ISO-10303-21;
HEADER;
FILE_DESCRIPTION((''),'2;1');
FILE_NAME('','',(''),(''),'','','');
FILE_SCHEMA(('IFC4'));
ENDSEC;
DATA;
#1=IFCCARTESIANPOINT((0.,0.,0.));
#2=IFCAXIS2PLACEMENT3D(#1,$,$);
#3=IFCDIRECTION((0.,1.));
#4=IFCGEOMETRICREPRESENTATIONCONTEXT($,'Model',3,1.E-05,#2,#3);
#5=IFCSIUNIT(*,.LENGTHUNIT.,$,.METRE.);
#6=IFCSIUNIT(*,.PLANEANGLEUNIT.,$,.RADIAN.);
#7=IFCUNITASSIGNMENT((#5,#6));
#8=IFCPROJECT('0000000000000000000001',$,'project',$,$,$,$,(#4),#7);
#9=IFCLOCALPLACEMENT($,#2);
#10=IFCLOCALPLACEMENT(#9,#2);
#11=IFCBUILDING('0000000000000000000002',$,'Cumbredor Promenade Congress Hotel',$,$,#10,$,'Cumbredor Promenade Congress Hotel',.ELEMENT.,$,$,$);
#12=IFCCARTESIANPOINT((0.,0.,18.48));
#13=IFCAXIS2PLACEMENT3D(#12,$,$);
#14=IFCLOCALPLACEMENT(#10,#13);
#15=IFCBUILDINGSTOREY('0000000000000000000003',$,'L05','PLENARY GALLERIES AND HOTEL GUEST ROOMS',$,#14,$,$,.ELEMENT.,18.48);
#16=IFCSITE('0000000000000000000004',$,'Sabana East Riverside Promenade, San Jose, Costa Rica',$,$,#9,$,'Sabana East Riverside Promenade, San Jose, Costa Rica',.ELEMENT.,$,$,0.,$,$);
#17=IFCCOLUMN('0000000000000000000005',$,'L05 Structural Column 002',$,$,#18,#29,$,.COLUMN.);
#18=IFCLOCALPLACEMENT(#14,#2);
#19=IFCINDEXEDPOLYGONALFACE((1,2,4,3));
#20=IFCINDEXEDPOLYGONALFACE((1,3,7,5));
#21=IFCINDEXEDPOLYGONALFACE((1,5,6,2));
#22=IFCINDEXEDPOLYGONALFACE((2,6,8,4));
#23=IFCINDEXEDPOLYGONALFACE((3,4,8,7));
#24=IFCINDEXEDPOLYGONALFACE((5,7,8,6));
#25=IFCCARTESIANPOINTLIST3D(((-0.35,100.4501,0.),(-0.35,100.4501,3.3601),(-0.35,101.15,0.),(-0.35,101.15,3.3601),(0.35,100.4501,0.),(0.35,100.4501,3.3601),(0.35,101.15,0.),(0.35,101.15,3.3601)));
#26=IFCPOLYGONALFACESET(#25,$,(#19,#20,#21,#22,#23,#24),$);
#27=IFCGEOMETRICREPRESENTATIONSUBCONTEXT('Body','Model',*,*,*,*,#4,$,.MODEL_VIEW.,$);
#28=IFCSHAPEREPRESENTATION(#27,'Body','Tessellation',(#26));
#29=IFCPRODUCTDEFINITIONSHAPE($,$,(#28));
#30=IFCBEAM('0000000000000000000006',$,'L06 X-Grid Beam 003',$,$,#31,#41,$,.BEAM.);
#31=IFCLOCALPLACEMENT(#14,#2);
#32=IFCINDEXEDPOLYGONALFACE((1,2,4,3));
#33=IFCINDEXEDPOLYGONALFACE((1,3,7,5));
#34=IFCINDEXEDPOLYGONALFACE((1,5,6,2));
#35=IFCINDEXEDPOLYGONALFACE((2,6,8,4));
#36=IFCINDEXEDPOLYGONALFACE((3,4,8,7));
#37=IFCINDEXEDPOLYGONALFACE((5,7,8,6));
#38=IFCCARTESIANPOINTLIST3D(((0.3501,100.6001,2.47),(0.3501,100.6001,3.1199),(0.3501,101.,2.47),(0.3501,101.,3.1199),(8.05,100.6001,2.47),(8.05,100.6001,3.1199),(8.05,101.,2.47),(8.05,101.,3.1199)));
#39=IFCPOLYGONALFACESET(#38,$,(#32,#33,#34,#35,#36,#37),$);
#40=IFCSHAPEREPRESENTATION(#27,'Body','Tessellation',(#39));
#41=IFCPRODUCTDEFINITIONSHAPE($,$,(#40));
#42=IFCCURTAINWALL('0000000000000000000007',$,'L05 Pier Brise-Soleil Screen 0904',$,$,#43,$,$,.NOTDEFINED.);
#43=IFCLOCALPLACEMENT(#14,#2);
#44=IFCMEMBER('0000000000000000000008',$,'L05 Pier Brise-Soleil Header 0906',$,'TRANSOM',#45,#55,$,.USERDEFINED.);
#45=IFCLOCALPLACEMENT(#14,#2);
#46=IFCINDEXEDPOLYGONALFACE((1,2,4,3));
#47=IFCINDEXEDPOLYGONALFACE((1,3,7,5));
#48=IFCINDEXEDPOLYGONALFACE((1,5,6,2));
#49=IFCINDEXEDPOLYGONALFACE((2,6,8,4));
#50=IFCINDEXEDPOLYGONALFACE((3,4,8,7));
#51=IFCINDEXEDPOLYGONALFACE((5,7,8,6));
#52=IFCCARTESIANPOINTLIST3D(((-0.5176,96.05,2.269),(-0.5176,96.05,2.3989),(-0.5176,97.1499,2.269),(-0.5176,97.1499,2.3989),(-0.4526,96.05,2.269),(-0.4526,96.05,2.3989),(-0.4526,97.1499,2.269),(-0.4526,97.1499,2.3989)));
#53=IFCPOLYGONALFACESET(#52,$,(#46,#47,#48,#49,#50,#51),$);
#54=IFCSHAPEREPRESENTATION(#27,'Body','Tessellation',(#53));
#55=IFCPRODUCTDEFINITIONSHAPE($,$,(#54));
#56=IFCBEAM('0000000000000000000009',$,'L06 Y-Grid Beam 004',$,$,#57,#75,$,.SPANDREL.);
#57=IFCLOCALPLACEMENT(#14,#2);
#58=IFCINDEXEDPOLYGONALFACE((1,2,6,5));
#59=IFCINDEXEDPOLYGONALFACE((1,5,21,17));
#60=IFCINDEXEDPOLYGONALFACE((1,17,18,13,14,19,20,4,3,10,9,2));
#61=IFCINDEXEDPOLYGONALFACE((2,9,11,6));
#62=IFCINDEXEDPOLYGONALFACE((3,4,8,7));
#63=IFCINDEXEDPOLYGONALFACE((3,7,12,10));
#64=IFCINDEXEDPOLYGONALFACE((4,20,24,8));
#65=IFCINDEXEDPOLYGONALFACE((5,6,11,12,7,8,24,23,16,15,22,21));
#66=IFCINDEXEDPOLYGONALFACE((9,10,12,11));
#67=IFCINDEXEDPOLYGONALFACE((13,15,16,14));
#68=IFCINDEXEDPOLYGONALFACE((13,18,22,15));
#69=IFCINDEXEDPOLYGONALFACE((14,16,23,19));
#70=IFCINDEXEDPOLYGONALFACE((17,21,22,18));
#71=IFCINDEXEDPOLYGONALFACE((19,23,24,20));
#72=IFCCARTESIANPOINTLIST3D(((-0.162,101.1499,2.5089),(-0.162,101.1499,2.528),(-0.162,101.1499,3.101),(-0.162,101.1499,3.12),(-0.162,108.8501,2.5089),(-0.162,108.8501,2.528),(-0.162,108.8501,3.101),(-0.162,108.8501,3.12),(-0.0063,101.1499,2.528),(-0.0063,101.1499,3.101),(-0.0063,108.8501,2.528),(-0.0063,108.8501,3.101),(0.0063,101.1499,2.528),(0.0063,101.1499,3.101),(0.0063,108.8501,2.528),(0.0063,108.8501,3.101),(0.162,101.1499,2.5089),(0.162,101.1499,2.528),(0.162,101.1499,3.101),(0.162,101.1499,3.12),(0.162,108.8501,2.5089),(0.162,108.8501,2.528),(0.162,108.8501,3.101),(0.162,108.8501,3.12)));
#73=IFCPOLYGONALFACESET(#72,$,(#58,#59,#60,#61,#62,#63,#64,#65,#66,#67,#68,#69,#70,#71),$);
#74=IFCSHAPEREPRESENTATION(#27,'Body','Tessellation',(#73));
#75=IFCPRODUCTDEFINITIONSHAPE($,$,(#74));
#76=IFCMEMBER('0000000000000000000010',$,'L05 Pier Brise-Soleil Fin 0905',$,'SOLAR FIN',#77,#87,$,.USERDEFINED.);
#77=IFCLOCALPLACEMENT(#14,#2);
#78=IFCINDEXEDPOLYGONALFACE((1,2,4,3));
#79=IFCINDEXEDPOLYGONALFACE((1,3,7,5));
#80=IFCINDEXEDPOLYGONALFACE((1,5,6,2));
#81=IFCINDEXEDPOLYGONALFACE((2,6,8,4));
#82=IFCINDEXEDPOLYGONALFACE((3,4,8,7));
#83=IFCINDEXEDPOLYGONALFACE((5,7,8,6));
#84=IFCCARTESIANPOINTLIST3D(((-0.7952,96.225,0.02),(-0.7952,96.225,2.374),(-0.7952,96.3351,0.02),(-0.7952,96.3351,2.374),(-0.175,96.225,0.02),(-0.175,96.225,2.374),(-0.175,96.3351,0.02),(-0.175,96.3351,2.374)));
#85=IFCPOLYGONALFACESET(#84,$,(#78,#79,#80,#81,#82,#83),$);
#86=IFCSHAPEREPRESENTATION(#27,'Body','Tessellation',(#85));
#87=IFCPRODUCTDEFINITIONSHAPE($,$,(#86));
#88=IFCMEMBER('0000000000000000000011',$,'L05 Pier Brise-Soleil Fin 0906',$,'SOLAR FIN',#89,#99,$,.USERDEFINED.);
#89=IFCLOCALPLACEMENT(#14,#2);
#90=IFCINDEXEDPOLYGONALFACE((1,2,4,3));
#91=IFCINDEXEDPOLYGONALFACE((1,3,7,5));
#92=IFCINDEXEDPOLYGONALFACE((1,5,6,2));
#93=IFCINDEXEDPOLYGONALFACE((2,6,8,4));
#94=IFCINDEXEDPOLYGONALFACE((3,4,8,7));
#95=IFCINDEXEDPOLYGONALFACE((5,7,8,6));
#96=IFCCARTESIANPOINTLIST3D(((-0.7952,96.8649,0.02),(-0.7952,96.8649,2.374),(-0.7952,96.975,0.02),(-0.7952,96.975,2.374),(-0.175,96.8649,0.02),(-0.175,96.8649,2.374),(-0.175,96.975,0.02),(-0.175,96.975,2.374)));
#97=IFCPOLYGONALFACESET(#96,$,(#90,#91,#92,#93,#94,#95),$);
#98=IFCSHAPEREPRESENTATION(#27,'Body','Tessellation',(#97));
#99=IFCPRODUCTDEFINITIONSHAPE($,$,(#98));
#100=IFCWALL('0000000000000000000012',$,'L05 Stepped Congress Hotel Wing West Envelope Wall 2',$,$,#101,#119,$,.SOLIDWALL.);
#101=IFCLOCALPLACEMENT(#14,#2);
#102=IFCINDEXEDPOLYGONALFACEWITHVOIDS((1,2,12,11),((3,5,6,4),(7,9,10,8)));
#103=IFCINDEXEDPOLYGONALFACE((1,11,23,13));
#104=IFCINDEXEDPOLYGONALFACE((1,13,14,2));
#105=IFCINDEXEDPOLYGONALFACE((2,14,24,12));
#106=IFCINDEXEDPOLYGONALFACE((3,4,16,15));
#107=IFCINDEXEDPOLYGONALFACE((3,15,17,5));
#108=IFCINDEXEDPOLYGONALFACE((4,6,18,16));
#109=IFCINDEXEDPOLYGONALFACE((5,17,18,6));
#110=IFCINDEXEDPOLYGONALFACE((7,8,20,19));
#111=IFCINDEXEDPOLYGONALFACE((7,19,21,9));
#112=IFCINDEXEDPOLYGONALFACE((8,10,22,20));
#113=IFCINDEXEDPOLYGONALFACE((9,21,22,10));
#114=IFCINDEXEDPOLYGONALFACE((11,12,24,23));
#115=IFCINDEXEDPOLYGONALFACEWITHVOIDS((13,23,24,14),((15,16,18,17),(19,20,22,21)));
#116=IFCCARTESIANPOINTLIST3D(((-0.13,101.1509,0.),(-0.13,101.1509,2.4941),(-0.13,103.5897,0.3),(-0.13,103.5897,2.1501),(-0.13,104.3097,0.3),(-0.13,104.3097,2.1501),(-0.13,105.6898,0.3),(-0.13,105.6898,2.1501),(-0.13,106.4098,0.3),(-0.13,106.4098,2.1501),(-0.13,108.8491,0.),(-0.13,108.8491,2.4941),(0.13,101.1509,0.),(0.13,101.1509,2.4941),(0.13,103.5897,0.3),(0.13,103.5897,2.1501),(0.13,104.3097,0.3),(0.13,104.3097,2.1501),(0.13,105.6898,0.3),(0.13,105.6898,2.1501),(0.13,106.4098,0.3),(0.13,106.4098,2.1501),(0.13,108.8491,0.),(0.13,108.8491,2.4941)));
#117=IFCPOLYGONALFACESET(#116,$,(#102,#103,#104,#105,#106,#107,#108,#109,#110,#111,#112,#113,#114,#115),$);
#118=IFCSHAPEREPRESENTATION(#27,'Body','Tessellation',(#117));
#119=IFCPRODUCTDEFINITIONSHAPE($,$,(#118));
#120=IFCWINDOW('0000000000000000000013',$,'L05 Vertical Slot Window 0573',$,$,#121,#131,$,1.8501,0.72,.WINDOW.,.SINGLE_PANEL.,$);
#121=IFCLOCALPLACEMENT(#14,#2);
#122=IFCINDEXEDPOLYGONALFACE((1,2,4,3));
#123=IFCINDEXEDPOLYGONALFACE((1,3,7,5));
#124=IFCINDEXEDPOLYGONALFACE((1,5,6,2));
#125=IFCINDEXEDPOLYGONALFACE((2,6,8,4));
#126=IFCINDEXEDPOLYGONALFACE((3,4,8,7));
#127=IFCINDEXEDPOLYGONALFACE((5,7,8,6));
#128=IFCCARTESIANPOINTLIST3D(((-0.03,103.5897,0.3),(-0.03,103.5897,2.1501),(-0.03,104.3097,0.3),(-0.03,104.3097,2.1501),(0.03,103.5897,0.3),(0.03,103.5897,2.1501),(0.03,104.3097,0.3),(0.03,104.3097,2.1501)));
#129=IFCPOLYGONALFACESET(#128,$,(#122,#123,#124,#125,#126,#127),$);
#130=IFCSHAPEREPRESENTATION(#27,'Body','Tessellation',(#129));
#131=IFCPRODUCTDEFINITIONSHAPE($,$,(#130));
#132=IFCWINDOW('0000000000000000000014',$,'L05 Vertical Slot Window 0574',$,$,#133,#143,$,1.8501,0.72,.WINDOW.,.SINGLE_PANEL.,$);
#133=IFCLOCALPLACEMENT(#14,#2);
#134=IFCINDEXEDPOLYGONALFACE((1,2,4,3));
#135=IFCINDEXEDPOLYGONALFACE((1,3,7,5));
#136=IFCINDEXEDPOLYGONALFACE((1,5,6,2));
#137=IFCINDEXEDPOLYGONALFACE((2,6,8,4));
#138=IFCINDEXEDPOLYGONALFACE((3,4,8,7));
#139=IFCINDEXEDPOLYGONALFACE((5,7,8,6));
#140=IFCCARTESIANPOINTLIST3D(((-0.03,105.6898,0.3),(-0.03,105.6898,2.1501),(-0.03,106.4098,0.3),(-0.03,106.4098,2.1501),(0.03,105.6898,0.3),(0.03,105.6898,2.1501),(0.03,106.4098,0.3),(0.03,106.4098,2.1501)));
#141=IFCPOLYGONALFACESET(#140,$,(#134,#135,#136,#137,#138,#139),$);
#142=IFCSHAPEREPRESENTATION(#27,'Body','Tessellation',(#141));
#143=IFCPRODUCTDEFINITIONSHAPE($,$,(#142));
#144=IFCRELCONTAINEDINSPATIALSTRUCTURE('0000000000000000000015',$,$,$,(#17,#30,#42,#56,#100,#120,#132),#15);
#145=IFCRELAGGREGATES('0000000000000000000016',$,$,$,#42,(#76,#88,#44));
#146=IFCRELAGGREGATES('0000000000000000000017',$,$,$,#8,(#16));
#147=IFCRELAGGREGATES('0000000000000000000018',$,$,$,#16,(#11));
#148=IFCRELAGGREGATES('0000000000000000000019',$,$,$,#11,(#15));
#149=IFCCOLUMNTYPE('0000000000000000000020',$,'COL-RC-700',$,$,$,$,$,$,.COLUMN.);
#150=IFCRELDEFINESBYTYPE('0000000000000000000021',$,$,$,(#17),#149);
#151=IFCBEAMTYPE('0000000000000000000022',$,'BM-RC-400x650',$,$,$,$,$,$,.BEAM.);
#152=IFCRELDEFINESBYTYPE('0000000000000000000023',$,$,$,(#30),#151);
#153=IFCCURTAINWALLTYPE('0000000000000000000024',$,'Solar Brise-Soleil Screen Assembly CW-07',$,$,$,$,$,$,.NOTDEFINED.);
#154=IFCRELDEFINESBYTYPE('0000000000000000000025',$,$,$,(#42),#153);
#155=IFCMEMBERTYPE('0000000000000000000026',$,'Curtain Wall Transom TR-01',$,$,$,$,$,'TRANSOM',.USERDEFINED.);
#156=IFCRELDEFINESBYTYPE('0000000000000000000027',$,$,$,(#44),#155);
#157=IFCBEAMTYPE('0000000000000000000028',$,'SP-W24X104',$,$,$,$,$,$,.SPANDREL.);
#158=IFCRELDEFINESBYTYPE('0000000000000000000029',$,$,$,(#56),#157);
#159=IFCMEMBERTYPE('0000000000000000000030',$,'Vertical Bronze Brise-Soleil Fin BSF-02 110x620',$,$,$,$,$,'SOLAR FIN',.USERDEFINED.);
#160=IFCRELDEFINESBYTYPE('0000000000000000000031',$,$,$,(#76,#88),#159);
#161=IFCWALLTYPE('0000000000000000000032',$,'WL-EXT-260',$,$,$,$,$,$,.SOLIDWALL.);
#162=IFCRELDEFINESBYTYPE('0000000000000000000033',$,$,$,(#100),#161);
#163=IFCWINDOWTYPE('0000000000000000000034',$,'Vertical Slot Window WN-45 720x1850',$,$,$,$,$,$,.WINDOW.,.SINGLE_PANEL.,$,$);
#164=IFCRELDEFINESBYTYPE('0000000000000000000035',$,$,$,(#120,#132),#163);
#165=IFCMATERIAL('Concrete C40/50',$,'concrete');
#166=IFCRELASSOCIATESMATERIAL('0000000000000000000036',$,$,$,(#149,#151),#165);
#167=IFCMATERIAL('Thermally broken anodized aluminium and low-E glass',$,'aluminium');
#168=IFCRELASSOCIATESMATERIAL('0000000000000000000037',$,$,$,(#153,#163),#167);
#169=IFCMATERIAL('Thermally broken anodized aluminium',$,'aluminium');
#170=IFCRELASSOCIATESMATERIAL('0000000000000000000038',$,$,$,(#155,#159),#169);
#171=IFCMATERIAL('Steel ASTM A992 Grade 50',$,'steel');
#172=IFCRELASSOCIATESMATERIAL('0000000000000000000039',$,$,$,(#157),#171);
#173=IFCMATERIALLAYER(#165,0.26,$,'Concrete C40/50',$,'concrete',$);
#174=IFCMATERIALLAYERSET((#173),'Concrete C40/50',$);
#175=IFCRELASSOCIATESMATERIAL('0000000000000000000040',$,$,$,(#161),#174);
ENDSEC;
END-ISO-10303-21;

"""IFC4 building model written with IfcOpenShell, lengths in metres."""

from ifc_helpers import new_model, si_unit, direction, frame, frame_2d, origin, origin_2d, place, context, subcontext, project, spatial, rectangle, i_section, extrude, material, layer, layer_set, material_profile, profile_set, type_object, element, fill, aggregate, save


model = new_model("IFC4")

# Units and contexts
model_context = context("Model", 3, precision=1e-05, world=origin(), true_north=direction((0.0, 1.0)))
body_context = subcontext(model_context, "Body", "Model", "MODEL_VIEW")
ifc_project = project(units=[si_unit("LENGTHUNIT", "METRE"), si_unit("PLANEANGLEUNIT", "RADIAN")], contexts=[model_context])

# Site, building, storey
site_placement = place(None, origin())
site = spatial("IfcSite", under=ifc_project, at=site_placement, Name="Sabana East Riverside Promenade, San Jose, Costa Rica", LongName="Sabana East Riverside Promenade, San Jose, Costa Rica", CompositionType="ELEMENT", RefElevation=0.0)
building_placement = place(site_placement, origin())
building = spatial("IfcBuilding", under=site, at=building_placement, Name="Cumbredor Promenade Congress Hotel", LongName="Cumbredor Promenade Congress Hotel", CompositionType="ELEMENT")
storey_placement = place(building_placement, frame((0.0, 0.0, 18.48)))
storey = spatial("IfcBuildingStorey", under=building, at=storey_placement, Name="L05", Description="PLENARY GALLERIES AND HOTEL GUEST ROOMS", CompositionType="ELEMENT", Elevation=18.48)

# Column
ifc_material_1 = material(Name="Concrete C40/50", Category="concrete")
ifc_material_profile_1 = material_profile(ifc_material_1, rectangle(XDim=0.7, YDim=0.7, at=origin_2d()), Name="RC 700x700")
ifc_profile_set_1 = profile_set([ifc_material_profile_1], Name="Concrete C40/50")
column_type = type_object("IfcColumnType", Name="COL-RC-700", PredefinedType="COLUMN", material=ifc_profile_set_1)
column_placement = place(storey_placement, frame((0.0, 100.8, 0.0), z_axis=(0.0, 0.0, 1.0), x_axis=(1.0, 0.0, 0.0)))
element("IfcColumn", 1, at=column_placement, inside=storey, type_object=column_type, Name="L05 Structural Column 002", PredefinedType="COLUMN", context=body_context, shape_type="SweptSolid", body=[
    extrude(rectangle(XDim=0.7, YDim=0.7, at=origin_2d()), origin(), (0.0, 0.0, 1.0), 3.3601),
])

# Beam
ifc_material_profile_2 = material_profile(ifc_material_1, rectangle(XDim=0.3999, YDim=0.6499, at=origin_2d()), Name="RC BEAM 400x650")
ifc_profile_set_2 = profile_set([ifc_material_profile_2], Name="Concrete C40/50")
beam_type_1 = type_object("IfcBeamType", Name="BM-RC-400x650", PredefinedType="BEAM", material=ifc_profile_set_2)
beam_1_placement = place(storey_placement, frame((0.3501, 100.8, 2.7949), z_axis=(1.0, 0.0, 0.0), x_axis=(0.0, 1.0, 0.0)))
element("IfcBeam", 2, at=beam_1_placement, inside=storey, type_object=beam_type_1, Name="L06 X-Grid Beam 003", PredefinedType="BEAM", context=body_context, shape_type="SweptSolid", body=[
    extrude(rectangle(XDim=0.3999, YDim=0.6499, at=origin_2d()), origin(), (0.0, 0.0, 1.0), 7.7),
])

# Curtain wall, member
ifc_material_2 = material(Name="Thermally broken anodized aluminium and low-E glass", Category="aluminium")
curtain_wall_type = type_object("IfcCurtainWallType", Name="Solar Brise-Soleil Screen Assembly CW-07", PredefinedType="NOTDEFINED", material=ifc_material_2)
curtain_wall_placement = place(storey_placement, origin())
curtain_wall = element("IfcCurtainWall", 3, at=curtain_wall_placement, inside=storey, type_object=curtain_wall_type, Name="L05 Pier Brise-Soleil Screen 0904", PredefinedType="NOTDEFINED")
ifc_material_3 = material(Name="Thermally broken anodized aluminium", Category="aluminium")
ifc_material_profile_3 = material_profile(ifc_material_3, rectangle(XDim=0.0649, YDim=0.1299, at=origin_2d()), Name="ALU TRANSOM 65x130")
ifc_profile_set_3 = profile_set([ifc_material_profile_3], Name="Thermally broken anodized aluminium")
member_type_1 = type_object("IfcMemberType", Name="Curtain Wall Transom TR-01", ElementType="TRANSOM", PredefinedType="USERDEFINED", material=ifc_profile_set_3)
member_1_placement = place(storey_placement, frame((-0.4851, 96.05, 2.334), z_axis=(0.0, 1.0, 0.0), x_axis=(-1.0, 0.0, 0.0)))
member_1 = element("IfcMember", 4, at=member_1_placement, type_object=member_type_1, Name="L05 Pier Brise-Soleil Header 0906", ObjectType="TRANSOM", PredefinedType="USERDEFINED", context=body_context, shape_type="SweptSolid", body=[
    extrude(rectangle(XDim=0.0649, YDim=0.1299, at=origin_2d()), origin(), (0.0, 0.0, 1.0), 1.0999),
])

# Beam
ifc_material_4 = material(Name="Steel ASTM A992 Grade 50", Category="steel")
ifc_material_profile_4 = material_profile(ifc_material_4, i_section(OverallWidth=0.324, OverallDepth=0.6111, WebThickness=0.0127, FlangeThickness=0.019, at=origin_2d()), Name="W24X104")
ifc_profile_set_4 = profile_set([ifc_material_profile_4], Name="Steel ASTM A992 Grade 50")
beam_type_2 = type_object("IfcBeamType", Name="SP-W24X104", PredefinedType="SPANDREL", material=ifc_profile_set_4)
beam_2_placement = place(storey_placement, frame((0.0, 101.1499, 2.8145), z_axis=(0.0, 1.0, 0.0), x_axis=(-1.0, 0.0, 0.0)))
element("IfcBeam", 5, at=beam_2_placement, inside=storey, type_object=beam_type_2, Name="L06 Y-Grid Beam 004", PredefinedType="SPANDREL", context=body_context, shape_type="SweptSolid", body=[
    extrude(i_section(OverallWidth=0.324, OverallDepth=0.6111, WebThickness=0.0127, FlangeThickness=0.019, at=origin_2d()), origin(), (0.0, 0.0, 1.0), 7.7002),
])

# Members
ifc_material_profile_5 = material_profile(ifc_material_3, rectangle(XDim=0.1101, YDim=0.6201, at=origin_2d()), Name="ARCH FIN 110x620")
ifc_profile_set_5 = profile_set([ifc_material_profile_5], Name="Thermally broken anodized aluminium")
member_type_2 = type_object("IfcMemberType", Name="Vertical Bronze Brise-Soleil Fin BSF-02 110x620", ElementType="SOLAR FIN", PredefinedType="USERDEFINED", material=ifc_profile_set_5)
member_2_placement = place(storey_placement, frame((-0.4851, 96.28, 0.02), z_axis=(0.0, 0.0, 1.0), x_axis=(0.0, 1.0, 0.0)))
member_2 = element("IfcMember", 6, at=member_2_placement, type_object=member_type_2, Name="L05 Pier Brise-Soleil Fin 0905", ObjectType="SOLAR FIN", PredefinedType="USERDEFINED", context=body_context, shape_type="SweptSolid", body=[
    extrude(rectangle(XDim=0.1101, YDim=0.6201, at=origin_2d()), origin(), (0.0, 0.0, 1.0), 2.354),
])
member_3_placement = place(storey_placement, frame((-0.4851, 96.9199, 0.02), z_axis=(0.0, 0.0, 1.0), x_axis=(0.0, 1.0, 0.0)))
member_3 = element("IfcMember", 7, at=member_3_placement, type_object=member_type_2, Name="L05 Pier Brise-Soleil Fin 0906", ObjectType="SOLAR FIN", PredefinedType="USERDEFINED", context=body_context, shape_type="SweptSolid", body=[
    extrude(rectangle(XDim=0.1101, YDim=0.6201, at=origin_2d()), origin(), (0.0, 0.0, 1.0), 2.354),
])
aggregate(curtain_wall, [member_2, member_3, member_1])

# Wall, openings, windows
ifc_layer_1 = layer(ifc_material_1, 0.26, Name="Concrete C40/50", Category="concrete")
ifc_layer_set_1 = layer_set([ifc_layer_1], Name="Concrete C40/50")
wall_type_1 = type_object("IfcWallType", Name="WL-EXT-260", PredefinedType="SOLIDWALL", material=ifc_layer_set_1)
wall_1_placement = place(storey_placement, frame((0.0, 101.1509, 0.0), z_axis=(0.0, 0.0, 1.0), x_axis=(0.0, 1.0, 0.0)))
wall_1 = element("IfcWall", 8, at=wall_1_placement, inside=storey, type_object=wall_type_1, Name="L05 Stepped Congress Hotel Wing West Envelope Wall 2", PredefinedType="SOLIDWALL", context=body_context, shape_type="SweptSolid", body=[
    extrude(rectangle(XDim=7.6982, YDim=0.26, at=frame_2d((3.8491, 0.0))), origin(), (0.0, 0.0, 1.0), 2.4941),
])
opening_1_placement = place(wall_1_placement, frame((2.439, 0.0, 0.3)))
opening_1 = element("IfcOpeningElement", 9, at=opening_1_placement, cuts=wall_1, PredefinedType="OPENING", context=body_context, shape_type="SweptSolid", body=[
    extrude(rectangle(XDim=0.72, YDim=1.8501, at=frame_2d((0.3599, 0.925))), frame((0.0, 0.1401, 0.0), z_axis=(0.0, -1.0, 0.0), x_axis=(1.0, 0.0, 0.0)), (0.0, 0.0, 1.0), 0.28),
])
opening_2_placement = place(wall_1_placement, frame((4.5391, 0.0, 0.3)))
opening_2 = element("IfcOpeningElement", 10, at=opening_2_placement, cuts=wall_1, PredefinedType="OPENING", context=body_context, shape_type="SweptSolid", body=[
    extrude(rectangle(XDim=0.72, YDim=1.8501, at=frame_2d((0.3599, 0.925))), frame((0.0, 0.1401, 0.0), z_axis=(0.0, -1.0, 0.0), x_axis=(1.0, 0.0, 0.0)), (0.0, 0.0, 1.0), 0.28),
])
window_type_1 = type_object("IfcWindowType", Name="Vertical Slot Window WN-45 720x1850", PartitioningType="SINGLE_PANEL", PredefinedType="WINDOW", material=ifc_material_2)
window_1_placement = place(opening_1_placement, origin())
window_1 = element("IfcWindow", 11, at=window_1_placement, inside=storey, type_object=window_type_1, Name="L05 Vertical Slot Window 0573", OverallHeight=1.8501, OverallWidth=0.72, PartitioningType="SINGLE_PANEL", PredefinedType="WINDOW", context=body_context, shape_type="SweptSolid", body=[
    extrude(rectangle(XDim=0.72, YDim=1.8501, at=frame_2d((0.3599, 0.925))), frame((0.0, 0.03, 0.0), z_axis=(0.0, -1.0, 0.0), x_axis=(1.0, 0.0, 0.0)), (0.0, 0.0, 1.0), 0.0601),
])
fill(opening_1, window_1)
window_2_placement = place(opening_2_placement, origin())
window_2 = element("IfcWindow", 12, at=window_2_placement, inside=storey, type_object=window_type_1, Name="L05 Vertical Slot Window 0574", OverallHeight=1.8501, OverallWidth=0.72, PartitioningType="SINGLE_PANEL", PredefinedType="WINDOW", context=body_context, shape_type="SweptSolid", body=[
    extrude(rectangle(XDim=0.72, YDim=1.8501, at=frame_2d((0.3599, 0.925))), frame((0.0, 0.03, 0.0), z_axis=(0.0, -1.0, 0.0), x_axis=(1.0, 0.0, 0.0)), (0.0, 0.0, 1.0), 0.0601),
])
fill(opening_2, window_2)

save(model, "model.ifc")
